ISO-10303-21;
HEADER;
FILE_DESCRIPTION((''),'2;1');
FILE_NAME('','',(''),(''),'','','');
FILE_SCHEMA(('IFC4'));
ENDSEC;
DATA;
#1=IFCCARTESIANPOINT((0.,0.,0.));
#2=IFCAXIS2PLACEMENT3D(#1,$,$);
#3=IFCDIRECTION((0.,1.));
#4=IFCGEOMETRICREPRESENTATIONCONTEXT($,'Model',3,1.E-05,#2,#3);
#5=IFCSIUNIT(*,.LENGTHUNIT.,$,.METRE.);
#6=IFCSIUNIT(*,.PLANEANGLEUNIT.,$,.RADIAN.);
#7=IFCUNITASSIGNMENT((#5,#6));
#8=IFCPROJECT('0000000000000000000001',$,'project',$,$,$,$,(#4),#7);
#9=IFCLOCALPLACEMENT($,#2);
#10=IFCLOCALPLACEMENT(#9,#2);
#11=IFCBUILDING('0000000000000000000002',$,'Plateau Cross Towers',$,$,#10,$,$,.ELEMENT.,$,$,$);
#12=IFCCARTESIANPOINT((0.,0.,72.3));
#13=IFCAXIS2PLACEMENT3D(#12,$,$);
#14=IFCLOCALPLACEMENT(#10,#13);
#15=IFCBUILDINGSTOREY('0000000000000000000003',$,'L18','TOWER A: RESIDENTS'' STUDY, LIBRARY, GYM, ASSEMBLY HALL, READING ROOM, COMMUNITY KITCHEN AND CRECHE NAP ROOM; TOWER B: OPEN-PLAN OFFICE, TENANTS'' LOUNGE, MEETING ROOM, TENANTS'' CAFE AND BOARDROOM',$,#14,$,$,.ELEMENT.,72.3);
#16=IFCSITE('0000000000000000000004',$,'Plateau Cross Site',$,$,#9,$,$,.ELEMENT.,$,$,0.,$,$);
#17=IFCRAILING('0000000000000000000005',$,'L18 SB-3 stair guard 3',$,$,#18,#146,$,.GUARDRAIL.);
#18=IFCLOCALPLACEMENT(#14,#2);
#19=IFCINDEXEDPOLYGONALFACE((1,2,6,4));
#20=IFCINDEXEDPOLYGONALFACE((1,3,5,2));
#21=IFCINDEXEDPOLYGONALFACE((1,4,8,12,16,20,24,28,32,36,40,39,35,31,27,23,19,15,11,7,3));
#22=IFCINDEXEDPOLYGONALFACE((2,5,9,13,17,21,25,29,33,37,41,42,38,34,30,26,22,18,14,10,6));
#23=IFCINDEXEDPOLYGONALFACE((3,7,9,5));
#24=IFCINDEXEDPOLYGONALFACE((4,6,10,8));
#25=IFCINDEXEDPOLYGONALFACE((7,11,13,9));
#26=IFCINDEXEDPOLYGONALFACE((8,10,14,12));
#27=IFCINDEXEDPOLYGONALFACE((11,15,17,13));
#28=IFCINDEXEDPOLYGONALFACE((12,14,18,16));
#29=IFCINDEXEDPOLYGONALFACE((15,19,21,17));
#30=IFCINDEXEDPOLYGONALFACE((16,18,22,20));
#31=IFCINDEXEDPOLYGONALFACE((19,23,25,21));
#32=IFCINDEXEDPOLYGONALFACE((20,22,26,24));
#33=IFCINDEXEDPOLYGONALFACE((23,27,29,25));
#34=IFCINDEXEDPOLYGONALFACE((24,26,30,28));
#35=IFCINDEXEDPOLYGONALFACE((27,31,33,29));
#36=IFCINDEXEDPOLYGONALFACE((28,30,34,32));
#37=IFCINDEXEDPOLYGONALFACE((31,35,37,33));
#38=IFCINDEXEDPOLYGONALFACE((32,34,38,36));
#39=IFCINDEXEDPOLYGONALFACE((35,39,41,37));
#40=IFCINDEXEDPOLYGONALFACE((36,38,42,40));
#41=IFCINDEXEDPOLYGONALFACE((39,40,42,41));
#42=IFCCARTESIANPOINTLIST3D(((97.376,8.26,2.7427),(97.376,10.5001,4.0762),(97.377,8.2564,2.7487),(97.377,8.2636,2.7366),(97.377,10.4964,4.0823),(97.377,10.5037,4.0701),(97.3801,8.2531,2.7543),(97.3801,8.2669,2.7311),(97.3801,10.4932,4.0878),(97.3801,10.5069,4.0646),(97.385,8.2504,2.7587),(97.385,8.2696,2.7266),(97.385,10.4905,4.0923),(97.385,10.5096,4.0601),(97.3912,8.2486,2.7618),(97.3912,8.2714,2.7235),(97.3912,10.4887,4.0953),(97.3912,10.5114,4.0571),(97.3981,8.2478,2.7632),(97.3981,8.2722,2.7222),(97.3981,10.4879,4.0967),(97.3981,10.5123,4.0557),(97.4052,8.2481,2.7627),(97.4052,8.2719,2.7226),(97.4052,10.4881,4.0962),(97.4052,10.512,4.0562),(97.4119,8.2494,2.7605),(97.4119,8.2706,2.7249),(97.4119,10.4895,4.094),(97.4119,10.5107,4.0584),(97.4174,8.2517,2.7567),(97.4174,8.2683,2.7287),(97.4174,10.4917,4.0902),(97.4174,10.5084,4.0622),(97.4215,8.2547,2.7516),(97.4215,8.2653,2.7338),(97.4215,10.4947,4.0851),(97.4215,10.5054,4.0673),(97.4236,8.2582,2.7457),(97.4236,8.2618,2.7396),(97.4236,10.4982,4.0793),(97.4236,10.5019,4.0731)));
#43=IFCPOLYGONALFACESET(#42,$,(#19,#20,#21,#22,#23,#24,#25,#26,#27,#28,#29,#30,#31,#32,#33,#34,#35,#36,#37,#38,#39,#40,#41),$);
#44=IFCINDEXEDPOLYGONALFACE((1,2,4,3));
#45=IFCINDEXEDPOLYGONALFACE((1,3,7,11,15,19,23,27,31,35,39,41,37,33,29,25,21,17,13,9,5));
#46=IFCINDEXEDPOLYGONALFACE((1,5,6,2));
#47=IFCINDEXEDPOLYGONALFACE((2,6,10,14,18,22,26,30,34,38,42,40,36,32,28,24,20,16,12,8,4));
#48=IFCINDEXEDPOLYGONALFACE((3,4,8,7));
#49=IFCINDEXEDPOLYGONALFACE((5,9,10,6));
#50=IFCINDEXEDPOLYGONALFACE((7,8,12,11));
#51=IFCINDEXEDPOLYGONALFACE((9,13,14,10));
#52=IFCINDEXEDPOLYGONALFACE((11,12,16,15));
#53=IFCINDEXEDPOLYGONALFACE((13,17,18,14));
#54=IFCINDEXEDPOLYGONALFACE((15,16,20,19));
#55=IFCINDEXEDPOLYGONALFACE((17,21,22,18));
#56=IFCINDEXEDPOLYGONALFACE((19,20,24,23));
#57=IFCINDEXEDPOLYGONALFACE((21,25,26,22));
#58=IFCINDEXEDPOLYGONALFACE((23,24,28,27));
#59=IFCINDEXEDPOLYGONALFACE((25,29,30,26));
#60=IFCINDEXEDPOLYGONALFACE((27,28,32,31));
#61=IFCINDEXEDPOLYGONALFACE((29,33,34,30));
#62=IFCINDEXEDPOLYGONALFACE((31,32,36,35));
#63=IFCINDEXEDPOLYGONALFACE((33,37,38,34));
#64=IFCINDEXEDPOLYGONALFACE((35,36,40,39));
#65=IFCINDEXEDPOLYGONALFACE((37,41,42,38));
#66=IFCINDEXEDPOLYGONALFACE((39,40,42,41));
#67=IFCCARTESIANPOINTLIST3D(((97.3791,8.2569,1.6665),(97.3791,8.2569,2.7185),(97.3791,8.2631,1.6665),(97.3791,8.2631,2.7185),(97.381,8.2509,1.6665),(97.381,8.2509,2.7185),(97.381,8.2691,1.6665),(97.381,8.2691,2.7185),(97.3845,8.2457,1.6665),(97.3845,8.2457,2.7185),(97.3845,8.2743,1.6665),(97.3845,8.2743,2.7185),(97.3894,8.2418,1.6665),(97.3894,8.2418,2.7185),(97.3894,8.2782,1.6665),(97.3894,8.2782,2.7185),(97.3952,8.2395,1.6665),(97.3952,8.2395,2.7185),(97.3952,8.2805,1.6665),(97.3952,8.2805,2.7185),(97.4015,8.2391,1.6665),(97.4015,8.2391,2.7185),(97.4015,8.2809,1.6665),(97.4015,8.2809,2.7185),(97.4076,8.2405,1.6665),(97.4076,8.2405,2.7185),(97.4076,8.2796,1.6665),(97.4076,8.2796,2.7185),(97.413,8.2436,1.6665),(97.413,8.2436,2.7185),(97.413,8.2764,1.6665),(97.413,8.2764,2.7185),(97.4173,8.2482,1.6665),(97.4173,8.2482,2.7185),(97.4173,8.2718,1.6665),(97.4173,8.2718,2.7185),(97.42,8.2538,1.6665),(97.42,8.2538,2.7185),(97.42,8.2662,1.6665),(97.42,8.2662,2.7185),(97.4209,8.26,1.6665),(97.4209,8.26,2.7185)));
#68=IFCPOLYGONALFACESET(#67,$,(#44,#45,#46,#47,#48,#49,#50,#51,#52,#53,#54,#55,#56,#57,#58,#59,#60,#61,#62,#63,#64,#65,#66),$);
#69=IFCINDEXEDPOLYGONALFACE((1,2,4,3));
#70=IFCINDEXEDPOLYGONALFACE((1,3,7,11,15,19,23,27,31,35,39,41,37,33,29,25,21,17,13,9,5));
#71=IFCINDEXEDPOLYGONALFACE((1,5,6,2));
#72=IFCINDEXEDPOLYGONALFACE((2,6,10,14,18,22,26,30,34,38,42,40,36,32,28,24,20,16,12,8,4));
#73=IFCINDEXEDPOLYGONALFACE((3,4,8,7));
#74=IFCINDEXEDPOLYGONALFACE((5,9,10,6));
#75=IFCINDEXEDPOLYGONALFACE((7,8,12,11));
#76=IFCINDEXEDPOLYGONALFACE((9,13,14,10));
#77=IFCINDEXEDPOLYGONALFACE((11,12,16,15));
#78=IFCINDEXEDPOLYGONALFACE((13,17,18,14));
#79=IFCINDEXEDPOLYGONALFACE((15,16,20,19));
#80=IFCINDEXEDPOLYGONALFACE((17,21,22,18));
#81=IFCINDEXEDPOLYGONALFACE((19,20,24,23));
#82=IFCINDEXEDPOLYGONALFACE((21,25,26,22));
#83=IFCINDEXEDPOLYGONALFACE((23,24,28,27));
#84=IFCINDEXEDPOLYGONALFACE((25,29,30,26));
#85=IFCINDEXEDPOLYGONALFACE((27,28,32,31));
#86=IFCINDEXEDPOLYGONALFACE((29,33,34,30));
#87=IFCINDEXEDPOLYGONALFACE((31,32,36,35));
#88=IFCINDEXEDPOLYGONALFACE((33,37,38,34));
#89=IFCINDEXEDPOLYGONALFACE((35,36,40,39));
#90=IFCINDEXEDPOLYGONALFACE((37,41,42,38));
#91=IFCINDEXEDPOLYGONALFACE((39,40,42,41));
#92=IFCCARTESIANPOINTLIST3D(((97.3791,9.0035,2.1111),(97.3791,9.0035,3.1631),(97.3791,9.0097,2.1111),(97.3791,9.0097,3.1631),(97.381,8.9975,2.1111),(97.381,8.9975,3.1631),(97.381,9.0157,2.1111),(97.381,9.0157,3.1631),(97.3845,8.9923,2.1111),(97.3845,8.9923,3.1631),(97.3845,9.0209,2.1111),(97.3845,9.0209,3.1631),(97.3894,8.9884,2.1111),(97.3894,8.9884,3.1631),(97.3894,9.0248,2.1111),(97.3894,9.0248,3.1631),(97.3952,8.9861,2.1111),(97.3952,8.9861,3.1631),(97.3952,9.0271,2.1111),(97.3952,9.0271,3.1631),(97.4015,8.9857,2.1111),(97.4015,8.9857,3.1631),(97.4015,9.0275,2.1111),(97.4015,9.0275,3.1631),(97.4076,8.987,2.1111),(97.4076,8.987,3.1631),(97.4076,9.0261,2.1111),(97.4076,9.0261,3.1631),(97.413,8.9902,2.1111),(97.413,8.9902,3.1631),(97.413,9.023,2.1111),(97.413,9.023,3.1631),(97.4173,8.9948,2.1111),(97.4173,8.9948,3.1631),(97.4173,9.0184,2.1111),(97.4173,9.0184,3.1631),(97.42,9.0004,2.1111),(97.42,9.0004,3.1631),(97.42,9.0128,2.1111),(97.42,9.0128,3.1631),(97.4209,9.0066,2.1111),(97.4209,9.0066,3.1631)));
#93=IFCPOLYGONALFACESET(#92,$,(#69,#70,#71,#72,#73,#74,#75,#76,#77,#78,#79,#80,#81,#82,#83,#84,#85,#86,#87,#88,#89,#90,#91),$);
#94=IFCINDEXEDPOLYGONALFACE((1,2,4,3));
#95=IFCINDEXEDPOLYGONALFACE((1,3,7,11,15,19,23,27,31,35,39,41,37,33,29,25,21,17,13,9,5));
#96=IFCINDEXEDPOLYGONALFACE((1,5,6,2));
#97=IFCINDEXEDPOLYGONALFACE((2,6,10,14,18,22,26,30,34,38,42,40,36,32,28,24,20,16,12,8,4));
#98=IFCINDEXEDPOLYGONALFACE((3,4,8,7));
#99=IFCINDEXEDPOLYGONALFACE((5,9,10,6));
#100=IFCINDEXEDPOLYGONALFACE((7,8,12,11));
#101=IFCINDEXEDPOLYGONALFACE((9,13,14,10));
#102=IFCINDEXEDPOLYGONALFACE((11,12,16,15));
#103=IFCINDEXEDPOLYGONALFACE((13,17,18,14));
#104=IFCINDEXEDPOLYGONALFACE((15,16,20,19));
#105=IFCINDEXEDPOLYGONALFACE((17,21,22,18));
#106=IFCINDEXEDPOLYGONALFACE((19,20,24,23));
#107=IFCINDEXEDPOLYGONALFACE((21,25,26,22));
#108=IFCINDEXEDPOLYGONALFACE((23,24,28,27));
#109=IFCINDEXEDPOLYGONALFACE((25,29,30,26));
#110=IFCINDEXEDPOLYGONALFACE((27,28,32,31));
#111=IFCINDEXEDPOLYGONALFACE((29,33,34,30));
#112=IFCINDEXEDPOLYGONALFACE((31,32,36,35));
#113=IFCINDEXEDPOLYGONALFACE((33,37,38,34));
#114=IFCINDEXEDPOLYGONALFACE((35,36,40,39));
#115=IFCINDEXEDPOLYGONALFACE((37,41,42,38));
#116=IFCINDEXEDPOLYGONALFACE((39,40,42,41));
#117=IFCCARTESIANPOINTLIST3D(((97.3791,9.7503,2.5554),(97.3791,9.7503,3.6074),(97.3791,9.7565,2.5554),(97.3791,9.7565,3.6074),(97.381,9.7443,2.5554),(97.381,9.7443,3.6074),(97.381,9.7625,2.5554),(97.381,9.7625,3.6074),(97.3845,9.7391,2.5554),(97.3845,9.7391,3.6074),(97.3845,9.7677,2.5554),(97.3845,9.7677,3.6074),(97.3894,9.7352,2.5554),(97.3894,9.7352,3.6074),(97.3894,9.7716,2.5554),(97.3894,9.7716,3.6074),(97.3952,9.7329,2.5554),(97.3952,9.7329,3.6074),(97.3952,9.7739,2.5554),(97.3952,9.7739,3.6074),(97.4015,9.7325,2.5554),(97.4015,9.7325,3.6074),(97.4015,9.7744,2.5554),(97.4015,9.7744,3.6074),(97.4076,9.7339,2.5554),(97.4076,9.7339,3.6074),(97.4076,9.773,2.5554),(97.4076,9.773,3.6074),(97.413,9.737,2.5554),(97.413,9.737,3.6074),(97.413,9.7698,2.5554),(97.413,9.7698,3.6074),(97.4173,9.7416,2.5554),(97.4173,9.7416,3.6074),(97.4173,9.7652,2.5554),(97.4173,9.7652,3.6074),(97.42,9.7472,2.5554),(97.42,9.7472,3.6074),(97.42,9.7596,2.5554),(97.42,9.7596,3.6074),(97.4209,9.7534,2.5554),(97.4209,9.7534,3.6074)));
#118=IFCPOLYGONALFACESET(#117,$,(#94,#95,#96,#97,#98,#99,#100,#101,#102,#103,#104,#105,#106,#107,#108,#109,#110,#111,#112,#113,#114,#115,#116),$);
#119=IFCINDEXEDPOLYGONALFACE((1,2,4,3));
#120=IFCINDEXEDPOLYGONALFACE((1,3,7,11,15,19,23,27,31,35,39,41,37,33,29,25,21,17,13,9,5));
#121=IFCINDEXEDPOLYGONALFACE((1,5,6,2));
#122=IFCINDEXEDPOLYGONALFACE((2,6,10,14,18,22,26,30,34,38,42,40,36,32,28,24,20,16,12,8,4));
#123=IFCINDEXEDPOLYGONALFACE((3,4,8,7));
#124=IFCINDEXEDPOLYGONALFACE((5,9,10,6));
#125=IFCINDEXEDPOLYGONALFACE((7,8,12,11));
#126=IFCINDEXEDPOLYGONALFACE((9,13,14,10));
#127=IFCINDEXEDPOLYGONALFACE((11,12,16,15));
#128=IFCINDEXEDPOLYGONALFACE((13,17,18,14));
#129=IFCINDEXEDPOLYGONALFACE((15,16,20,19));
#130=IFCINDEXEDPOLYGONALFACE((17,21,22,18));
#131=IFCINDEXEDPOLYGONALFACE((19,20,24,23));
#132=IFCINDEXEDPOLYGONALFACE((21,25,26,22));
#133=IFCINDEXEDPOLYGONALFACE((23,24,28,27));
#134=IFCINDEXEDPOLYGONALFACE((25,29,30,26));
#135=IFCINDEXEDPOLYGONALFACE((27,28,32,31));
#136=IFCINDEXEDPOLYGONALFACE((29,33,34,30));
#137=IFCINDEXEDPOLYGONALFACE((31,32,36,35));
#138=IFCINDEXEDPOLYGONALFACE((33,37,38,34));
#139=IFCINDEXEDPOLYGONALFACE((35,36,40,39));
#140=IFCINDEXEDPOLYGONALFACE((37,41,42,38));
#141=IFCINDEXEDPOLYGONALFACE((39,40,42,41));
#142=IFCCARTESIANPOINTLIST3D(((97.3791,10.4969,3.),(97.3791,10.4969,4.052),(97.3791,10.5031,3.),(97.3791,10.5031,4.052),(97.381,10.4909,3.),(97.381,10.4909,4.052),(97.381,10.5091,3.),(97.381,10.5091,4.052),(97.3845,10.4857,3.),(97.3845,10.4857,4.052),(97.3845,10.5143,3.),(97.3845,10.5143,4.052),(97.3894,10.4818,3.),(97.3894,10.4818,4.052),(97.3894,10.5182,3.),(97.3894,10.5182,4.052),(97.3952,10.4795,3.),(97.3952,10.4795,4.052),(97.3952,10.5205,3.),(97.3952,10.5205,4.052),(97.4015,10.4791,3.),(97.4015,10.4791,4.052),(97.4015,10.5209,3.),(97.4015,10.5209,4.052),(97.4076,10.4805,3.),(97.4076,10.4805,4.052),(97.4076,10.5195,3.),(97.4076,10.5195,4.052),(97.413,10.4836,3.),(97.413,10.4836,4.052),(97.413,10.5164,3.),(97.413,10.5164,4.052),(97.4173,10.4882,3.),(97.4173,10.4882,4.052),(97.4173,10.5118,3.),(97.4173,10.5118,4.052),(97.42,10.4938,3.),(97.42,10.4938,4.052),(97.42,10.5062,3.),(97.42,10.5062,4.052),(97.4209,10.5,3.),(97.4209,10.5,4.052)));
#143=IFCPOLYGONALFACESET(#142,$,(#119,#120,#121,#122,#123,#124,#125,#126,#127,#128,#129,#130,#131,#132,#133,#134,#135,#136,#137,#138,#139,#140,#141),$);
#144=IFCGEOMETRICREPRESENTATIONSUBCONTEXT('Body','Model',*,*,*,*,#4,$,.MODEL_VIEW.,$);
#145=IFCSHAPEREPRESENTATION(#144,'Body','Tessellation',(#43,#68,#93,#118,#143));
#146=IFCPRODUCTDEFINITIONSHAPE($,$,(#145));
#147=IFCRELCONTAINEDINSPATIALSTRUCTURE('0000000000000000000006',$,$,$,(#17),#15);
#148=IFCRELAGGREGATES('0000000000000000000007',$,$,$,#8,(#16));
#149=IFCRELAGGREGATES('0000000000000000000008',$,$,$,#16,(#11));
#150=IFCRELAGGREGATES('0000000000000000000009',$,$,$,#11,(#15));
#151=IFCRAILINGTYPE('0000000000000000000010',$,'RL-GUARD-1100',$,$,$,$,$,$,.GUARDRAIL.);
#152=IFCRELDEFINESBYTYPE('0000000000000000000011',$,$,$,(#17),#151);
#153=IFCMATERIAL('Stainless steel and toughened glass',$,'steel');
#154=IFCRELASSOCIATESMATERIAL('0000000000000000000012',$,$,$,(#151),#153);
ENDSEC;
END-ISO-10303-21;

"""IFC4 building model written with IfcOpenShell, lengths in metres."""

from ifc_helpers import new_model, si_unit, direction, frame, origin, origin_2d, place, context, subcontext, project, spatial, circle, extrude, material, type_object, element, save


model = new_model("IFC4")

# Units and contexts
model_context = context("Model", 3, precision=1e-05, world=origin(), true_north=direction((0.0, 1.0)))
body_context = subcontext(model_context, "Body", "Model", "MODEL_VIEW")
ifc_project = project(units=[si_unit("LENGTHUNIT", "METRE"), si_unit("PLANEANGLEUNIT", "RADIAN")], contexts=[model_context])

# Site, building, storey
site_placement = place(None, origin())
site = spatial("IfcSite", under=ifc_project, at=site_placement, Name="Plateau Cross Site", CompositionType="ELEMENT", RefElevation=0.0)
building_placement = place(site_placement, origin())
building = spatial("IfcBuilding", under=site, at=building_placement, Name="Plateau Cross Towers", CompositionType="ELEMENT")
storey_placement = place(building_placement, frame((0.0, 0.0, 72.3)))
storey = spatial("IfcBuildingStorey", under=building, at=storey_placement, Name="L18", Description="TOWER A: RESIDENTS' STUDY, LIBRARY, GYM, ASSEMBLY HALL, READING ROOM, COMMUNITY KITCHEN AND CRECHE NAP ROOM; TOWER B: OPEN-PLAN OFFICE, TENANTS' LOUNGE, MEETING ROOM, TENANTS' CAFE AND BOARDROOM", CompositionType="ELEMENT", Elevation=72.3)

# Railing
ifc_material_1 = material(Name="Stainless steel and toughened glass", Category="steel")
railing_type_1 = type_object("IfcRailingType", Name="RL-GUARD-1100", PredefinedType="GUARDRAIL", material=ifc_material_1)
railing_1_placement = place(storey_placement, frame((97.3999, 8.26, 1.6665)))
element("IfcRailing", 1, at=railing_1_placement, inside=storey, type_object=railing_type_1, Name="L18 SB-3 stair guard 3", PredefinedType="GUARDRAIL", context=body_context, shape_type="SweptSolid", body=[
    extrude(circle(Radius=0.0239, at=origin_2d()), frame((0.0, 0.0, 1.0762), z_axis=(0.0, 0.859264, 0.511532), x_axis=(-1.0, 0.0, 0.0)), (0.0, 0.0, 1.0), 2.6069),
    extrude(circle(Radius=0.021, at=origin_2d()), origin(), (0.0, 0.0, 1.0), 1.052),
    extrude(circle(Radius=0.021, at=origin_2d()), frame((0.0, 0.7466, 0.4446)), (0.0, 0.0, 1.0), 1.052),
    extrude(circle(Radius=0.021, at=origin_2d()), frame((0.0, 1.4934, 0.8889)), (0.0, 0.0, 1.0), 1.052),
    extrude(circle(Radius=0.021, at=origin_2d()), frame((0.0, 2.24, 1.3335)), (0.0, 0.0, 1.0), 1.052),
])

save(model, "model.ifc")
